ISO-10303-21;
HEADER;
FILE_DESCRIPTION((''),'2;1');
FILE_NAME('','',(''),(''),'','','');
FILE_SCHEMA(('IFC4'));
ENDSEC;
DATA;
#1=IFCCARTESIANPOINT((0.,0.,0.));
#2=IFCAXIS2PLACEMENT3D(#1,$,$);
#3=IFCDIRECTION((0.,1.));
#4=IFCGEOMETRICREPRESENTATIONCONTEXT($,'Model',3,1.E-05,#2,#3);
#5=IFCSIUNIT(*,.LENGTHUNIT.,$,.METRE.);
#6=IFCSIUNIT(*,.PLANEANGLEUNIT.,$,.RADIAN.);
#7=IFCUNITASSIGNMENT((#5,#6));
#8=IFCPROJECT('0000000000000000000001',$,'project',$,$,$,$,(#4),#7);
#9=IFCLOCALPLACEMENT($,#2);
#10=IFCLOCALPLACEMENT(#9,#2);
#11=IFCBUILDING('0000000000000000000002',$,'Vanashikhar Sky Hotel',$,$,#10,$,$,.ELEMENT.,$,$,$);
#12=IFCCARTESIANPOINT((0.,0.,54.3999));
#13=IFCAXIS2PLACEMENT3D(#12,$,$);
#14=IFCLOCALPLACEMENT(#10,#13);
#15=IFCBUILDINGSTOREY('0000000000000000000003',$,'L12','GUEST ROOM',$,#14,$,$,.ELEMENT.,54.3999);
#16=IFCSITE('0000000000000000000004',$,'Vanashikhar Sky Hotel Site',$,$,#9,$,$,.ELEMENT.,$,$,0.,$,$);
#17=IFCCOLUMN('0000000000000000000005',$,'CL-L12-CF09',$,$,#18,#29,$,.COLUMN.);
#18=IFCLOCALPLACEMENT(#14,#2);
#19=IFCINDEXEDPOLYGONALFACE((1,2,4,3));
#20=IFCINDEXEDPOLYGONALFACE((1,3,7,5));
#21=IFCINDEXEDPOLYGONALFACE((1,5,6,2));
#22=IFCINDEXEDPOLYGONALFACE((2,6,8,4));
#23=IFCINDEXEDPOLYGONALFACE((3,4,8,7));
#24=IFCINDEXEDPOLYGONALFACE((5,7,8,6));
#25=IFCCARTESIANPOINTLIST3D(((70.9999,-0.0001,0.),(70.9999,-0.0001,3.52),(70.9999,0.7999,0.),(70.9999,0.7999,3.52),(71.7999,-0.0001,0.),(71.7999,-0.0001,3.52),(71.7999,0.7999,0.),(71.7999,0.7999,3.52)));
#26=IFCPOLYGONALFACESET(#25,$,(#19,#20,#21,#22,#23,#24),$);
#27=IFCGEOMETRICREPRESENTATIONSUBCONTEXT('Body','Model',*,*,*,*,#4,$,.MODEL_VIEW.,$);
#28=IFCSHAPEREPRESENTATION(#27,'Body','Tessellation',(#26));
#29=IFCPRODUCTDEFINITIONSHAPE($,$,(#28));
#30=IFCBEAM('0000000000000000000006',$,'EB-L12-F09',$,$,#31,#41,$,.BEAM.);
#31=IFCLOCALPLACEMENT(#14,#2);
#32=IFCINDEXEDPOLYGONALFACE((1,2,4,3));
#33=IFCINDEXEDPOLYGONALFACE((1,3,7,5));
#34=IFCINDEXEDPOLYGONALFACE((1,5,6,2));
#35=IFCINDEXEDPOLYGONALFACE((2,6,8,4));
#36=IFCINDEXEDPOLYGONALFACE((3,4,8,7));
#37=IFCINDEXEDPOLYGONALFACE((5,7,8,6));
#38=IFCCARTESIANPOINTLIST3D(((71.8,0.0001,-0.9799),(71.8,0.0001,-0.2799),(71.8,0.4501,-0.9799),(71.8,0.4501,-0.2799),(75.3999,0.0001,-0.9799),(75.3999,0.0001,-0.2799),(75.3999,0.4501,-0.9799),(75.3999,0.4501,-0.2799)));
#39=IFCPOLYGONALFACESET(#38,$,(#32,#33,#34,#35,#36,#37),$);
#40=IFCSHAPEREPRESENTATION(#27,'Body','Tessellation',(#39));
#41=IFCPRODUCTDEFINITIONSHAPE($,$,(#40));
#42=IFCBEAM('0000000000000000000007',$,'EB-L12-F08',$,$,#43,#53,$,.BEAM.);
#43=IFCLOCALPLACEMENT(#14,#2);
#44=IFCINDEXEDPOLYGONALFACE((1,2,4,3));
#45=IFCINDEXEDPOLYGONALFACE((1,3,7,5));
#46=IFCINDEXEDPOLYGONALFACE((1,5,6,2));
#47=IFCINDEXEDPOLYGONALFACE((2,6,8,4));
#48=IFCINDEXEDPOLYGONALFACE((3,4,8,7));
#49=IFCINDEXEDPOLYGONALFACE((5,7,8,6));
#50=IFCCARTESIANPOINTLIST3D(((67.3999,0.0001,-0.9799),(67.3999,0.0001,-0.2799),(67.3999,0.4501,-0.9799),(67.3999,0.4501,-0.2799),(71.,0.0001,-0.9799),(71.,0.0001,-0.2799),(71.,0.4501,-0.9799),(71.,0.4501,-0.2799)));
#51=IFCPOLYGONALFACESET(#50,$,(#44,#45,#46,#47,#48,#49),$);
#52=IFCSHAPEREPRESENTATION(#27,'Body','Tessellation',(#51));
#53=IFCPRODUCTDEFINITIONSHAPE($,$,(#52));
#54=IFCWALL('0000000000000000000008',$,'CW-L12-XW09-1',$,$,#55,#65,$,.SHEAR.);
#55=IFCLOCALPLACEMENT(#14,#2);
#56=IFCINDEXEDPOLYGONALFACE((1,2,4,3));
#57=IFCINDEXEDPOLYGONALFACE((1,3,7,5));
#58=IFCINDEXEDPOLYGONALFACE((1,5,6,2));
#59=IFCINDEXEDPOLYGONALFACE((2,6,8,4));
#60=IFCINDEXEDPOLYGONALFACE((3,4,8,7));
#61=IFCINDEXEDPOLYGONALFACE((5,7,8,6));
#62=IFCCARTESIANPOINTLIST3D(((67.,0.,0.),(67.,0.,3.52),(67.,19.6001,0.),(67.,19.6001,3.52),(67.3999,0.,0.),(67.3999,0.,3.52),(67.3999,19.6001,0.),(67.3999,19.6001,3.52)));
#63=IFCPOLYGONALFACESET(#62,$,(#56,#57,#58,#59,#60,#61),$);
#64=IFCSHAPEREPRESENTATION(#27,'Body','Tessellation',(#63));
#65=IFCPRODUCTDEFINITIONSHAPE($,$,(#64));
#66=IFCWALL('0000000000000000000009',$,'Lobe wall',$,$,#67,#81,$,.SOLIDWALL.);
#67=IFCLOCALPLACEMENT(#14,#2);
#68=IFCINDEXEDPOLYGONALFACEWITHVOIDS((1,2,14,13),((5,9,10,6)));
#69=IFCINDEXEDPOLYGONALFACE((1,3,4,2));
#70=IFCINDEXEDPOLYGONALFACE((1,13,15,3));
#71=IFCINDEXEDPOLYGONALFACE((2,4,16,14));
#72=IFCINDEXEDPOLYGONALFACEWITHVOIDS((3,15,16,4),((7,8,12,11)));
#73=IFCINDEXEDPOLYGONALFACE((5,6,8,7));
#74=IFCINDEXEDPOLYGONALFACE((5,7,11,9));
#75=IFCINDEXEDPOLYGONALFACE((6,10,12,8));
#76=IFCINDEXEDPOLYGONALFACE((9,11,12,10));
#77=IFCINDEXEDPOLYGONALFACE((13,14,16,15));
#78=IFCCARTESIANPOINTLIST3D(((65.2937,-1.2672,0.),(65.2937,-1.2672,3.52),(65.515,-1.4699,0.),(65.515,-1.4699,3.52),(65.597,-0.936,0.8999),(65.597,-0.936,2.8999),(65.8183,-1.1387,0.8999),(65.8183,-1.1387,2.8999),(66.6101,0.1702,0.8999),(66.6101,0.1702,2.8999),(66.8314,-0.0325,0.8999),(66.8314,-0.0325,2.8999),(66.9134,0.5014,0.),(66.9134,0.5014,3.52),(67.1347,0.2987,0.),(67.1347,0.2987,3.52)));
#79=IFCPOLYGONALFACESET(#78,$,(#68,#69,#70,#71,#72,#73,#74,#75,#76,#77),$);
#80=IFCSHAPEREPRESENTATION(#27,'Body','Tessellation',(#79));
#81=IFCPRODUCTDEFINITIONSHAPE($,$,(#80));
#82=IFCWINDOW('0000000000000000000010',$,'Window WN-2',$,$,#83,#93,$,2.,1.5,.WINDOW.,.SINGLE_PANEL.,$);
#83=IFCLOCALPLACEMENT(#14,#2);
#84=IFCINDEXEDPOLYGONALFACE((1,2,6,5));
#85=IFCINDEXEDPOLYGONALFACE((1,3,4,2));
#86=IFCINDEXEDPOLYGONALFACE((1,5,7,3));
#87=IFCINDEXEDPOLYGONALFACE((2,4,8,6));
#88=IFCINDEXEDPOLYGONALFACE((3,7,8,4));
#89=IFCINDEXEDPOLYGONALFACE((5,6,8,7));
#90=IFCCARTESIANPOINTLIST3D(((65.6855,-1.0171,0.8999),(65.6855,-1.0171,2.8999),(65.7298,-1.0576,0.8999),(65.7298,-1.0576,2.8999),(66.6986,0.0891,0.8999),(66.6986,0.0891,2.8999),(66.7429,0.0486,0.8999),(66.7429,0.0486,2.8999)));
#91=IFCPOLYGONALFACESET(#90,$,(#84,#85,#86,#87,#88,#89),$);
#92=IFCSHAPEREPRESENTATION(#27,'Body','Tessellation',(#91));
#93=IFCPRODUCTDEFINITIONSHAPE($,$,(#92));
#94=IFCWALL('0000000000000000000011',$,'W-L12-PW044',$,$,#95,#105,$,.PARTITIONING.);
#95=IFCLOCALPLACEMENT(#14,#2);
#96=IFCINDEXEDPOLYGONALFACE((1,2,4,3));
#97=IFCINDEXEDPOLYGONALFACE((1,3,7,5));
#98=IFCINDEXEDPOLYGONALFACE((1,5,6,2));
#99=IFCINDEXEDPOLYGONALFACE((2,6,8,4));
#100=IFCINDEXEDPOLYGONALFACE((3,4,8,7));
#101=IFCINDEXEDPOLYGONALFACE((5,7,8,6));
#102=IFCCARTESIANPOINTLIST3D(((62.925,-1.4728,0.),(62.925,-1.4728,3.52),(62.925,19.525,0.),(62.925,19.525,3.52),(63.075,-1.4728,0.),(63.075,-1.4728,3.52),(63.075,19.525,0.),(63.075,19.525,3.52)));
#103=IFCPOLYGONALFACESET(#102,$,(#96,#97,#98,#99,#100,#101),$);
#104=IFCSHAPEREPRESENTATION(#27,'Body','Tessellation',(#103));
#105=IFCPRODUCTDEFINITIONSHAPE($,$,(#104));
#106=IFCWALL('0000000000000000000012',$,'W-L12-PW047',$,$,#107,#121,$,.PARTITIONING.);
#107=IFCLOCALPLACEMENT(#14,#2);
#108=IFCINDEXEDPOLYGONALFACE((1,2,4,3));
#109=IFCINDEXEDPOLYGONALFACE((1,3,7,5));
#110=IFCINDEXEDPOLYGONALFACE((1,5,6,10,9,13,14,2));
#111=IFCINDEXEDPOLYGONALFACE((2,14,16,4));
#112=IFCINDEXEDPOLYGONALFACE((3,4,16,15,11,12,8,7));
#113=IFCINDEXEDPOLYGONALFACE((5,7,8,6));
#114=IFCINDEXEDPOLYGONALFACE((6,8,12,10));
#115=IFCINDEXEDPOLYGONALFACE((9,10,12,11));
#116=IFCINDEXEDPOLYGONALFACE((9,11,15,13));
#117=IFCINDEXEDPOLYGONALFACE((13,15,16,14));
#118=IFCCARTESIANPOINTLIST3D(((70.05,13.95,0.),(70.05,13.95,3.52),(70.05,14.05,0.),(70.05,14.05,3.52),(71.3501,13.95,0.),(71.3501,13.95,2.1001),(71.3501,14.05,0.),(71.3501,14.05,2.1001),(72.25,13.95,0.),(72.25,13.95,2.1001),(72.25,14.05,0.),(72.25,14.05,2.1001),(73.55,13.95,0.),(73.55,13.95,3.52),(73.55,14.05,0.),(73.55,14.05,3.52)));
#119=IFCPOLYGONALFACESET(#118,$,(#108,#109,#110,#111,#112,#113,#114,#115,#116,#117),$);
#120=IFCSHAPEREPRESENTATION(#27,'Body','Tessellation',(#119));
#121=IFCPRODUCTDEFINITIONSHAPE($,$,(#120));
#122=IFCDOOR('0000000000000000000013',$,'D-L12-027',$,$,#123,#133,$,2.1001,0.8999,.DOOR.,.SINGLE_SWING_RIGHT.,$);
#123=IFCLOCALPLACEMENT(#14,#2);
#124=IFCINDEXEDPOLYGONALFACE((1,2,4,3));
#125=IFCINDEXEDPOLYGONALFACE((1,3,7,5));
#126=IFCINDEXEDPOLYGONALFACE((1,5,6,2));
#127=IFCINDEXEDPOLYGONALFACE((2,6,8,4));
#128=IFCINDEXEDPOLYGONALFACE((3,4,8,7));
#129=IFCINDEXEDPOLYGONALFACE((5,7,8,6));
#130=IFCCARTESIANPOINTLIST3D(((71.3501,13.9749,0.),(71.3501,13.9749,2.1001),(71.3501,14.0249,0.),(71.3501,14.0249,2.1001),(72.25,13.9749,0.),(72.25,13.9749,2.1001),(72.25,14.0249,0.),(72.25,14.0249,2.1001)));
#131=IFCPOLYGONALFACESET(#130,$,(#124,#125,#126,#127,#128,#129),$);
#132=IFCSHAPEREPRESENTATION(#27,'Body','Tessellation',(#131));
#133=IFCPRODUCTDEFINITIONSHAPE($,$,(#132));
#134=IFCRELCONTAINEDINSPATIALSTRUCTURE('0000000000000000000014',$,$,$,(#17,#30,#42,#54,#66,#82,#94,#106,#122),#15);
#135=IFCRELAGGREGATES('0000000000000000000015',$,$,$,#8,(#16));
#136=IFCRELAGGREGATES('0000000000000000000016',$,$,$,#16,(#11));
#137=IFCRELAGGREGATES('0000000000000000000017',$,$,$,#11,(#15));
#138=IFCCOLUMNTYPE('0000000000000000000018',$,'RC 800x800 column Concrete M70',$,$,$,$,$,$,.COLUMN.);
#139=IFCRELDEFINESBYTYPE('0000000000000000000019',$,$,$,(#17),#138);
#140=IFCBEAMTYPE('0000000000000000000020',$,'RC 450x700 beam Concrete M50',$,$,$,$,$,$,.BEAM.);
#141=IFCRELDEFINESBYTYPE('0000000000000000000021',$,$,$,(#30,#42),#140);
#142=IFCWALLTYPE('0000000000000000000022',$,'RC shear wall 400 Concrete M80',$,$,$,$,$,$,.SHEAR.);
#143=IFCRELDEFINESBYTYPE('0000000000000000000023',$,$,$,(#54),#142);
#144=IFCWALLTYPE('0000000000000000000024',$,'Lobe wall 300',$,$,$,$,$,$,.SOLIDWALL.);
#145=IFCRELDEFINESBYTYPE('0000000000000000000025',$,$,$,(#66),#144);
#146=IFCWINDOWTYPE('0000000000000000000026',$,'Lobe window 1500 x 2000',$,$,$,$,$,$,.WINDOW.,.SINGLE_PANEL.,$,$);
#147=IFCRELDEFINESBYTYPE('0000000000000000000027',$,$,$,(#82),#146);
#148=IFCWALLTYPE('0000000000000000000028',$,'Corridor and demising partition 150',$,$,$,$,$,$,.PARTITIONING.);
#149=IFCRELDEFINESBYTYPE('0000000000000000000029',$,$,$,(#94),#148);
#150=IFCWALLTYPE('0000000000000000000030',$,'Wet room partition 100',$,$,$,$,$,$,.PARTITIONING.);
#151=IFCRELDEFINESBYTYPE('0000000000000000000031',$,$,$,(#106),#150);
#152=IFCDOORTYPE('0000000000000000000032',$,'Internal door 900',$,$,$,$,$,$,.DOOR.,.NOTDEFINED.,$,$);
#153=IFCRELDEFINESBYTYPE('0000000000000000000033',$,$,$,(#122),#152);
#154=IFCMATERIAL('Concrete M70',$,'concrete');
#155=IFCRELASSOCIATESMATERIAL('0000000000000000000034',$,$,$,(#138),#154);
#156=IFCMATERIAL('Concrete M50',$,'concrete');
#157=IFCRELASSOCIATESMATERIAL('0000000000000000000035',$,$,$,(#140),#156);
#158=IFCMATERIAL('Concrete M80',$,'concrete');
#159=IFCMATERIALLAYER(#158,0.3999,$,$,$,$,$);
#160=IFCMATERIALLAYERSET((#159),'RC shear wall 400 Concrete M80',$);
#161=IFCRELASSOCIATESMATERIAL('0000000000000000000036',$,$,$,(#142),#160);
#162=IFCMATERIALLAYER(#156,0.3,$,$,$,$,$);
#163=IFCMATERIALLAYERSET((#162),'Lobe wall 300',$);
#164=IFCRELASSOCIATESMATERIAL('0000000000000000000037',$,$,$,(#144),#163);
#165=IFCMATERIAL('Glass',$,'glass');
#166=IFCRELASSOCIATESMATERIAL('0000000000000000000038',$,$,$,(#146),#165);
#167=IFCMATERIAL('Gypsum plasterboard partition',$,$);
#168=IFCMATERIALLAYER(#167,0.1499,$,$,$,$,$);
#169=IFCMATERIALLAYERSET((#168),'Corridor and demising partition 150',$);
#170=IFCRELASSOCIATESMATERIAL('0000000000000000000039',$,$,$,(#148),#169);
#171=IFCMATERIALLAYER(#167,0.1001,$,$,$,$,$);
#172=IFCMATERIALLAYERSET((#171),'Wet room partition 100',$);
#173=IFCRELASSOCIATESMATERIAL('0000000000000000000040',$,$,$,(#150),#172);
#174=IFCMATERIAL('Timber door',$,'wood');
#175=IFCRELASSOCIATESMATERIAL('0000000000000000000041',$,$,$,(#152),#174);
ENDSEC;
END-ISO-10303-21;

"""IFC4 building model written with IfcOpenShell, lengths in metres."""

from ifc_helpers import new_model, si_unit, direction, frame, frame_2d, origin, origin_2d, place, context, subcontext, project, spatial, rectangle, extrude, source, transform, mapped, material, layer, layer_set, material_profile, profile_set, type_object, element, fill, save


model = new_model("IFC4")

# Units and contexts
model_context = context("Model", 3, precision=1e-05, world=origin(), true_north=direction((0.0, 1.0)))
body_context = subcontext(model_context, "Body", "Model", "MODEL_VIEW")
ifc_project = project(units=[si_unit("LENGTHUNIT", "METRE"), si_unit("PLANEANGLEUNIT", "RADIAN")], contexts=[model_context])

# Site, building, storey
site_placement = place(None, origin())
site = spatial("IfcSite", under=ifc_project, at=site_placement, Name="Vanashikhar Sky Hotel Site", CompositionType="ELEMENT", RefElevation=0.0)
building_placement = place(site_placement, origin())
building = spatial("IfcBuilding", under=site, at=building_placement, Name="Vanashikhar Sky Hotel", CompositionType="ELEMENT")
storey_placement = place(building_placement, frame((0.0, 0.0, 54.3999)))
storey = spatial("IfcBuildingStorey", under=building, at=storey_placement, Name="L12", Description="GUEST ROOM", CompositionType="ELEMENT", Elevation=54.3999)

# Column
ifc_material_1 = material(Name="Concrete M70", Category="concrete")
ifc_material_profile_1 = material_profile(ifc_material_1, rectangle(XDim=0.8, YDim=0.8, at=origin_2d()))
ifc_profile_set_1 = profile_set([ifc_material_profile_1], Name="RC 800x800 column Concrete M70")
column_type = type_object("IfcColumnType", Name="RC 800x800 column Concrete M70", PredefinedType="COLUMN", material=ifc_profile_set_1)
shared_shape_1 = source(origin(), body_context, "Body", "SweptSolid", [
    extrude(rectangle(XDim=0.8, YDim=0.8, at=origin_2d()), origin(), (0.0, 0.0, 1.0), 3.52),
])
column_placement = place(storey_placement, frame((71.3999, 0.3999, 0.0), z_axis=(0.0, 0.0, 1.0), x_axis=(1.0, 0.0, 0.0)))
element("IfcColumn", 1, at=column_placement, inside=storey, type_object=column_type, Name="CL-L12-CF09", PredefinedType="COLUMN", context=body_context, shape_type="MappedRepresentation", body=[
    mapped(shared_shape_1, transform((0.0, 0.0, 0.0), scale=1.0)),
])

# Beams
ifc_material_2 = material(Name="Concrete M50", Category="concrete")
ifc_material_profile_2 = material_profile(ifc_material_2, rectangle(XDim=0.45, YDim=0.7, at=origin_2d()))
ifc_profile_set_2 = profile_set([ifc_material_profile_2], Name="RC 450x700 beam Concrete M50")
beam_type = type_object("IfcBeamType", Name="RC 450x700 beam Concrete M50", PredefinedType="BEAM", material=ifc_profile_set_2)
shared_shape_2 = source(origin(), body_context, "Body", "SweptSolid", [
    extrude(rectangle(XDim=0.45, YDim=0.7, at=origin_2d()), origin(), (0.0, 0.0, 1.0), 3.5999),
])
beam_1_placement = place(storey_placement, frame((71.8, 0.2251, -0.6299), z_axis=(1.0, 0.0, 0.0), x_axis=(0.0, 1.0, 0.0)))
element("IfcBeam", 2, at=beam_1_placement, inside=storey, type_object=beam_type, Name="EB-L12-F09", PredefinedType="BEAM", context=body_context, shape_type="MappedRepresentation", body=[
    mapped(shared_shape_2, transform((0.0, 0.0, 0.0), scale=1.0)),
])
shared_shape_3 = source(origin(), body_context, "Body", "SweptSolid", [
    extrude(rectangle(XDim=0.45, YDim=0.7, at=origin_2d()), origin(), (0.0, 0.0, 1.0), 3.6001),
])
beam_2_placement = place(storey_placement, frame((67.3999, 0.2251, -0.6299), z_axis=(1.0, 0.0, 0.0), x_axis=(0.0, 1.0, 0.0)))
element("IfcBeam", 3, at=beam_2_placement, inside=storey, type_object=beam_type, Name="EB-L12-F08", PredefinedType="BEAM", context=body_context, shape_type="MappedRepresentation", body=[
    mapped(shared_shape_3, transform((0.0, 0.0, 0.0), scale=1.0)),
])

# Wall
ifc_material_3 = material(Name="Concrete M80", Category="concrete")
ifc_layer_1 = layer(ifc_material_3, 0.3999)
ifc_layer_set_1 = layer_set([ifc_layer_1], Name="RC shear wall 400 Concrete M80")
wall_type_1 = type_object("IfcWallType", Name="RC shear wall 400 Concrete M80", PredefinedType="SHEAR", material=ifc_layer_set_1)
shared_shape_4 = source(origin(), body_context, "Body", "SweptSolid", [
    extrude(rectangle(XDim=19.6001, YDim=0.3999, at=frame_2d((9.8, 0.0))), origin(), (0.0, 0.0, 1.0), 3.52),
])
wall_1_placement = place(storey_placement, frame((67.2, 0.0, 0.0), z_axis=(0.0, 0.0, 1.0), x_axis=(0.0, 1.0, 0.0)))
element("IfcWall", 4, at=wall_1_placement, inside=storey, type_object=wall_type_1, Name="CW-L12-XW09-1", PredefinedType="SHEAR", context=body_context, shape_type="MappedRepresentation", body=[
    mapped(shared_shape_4, transform((0.0, 0.0, 0.0), scale=1.0)),
])

# Wall, opening, window
ifc_layer_2 = layer(ifc_material_2, 0.3)
ifc_layer_set_2 = layer_set([ifc_layer_2], Name="Lobe wall 300")
wall_type_2 = type_object("IfcWallType", Name="Lobe wall 300", PredefinedType="SOLIDWALL", material=ifc_layer_set_2)
shared_shape_5 = source(origin(), body_context, "Body", "SweptSolid", [
    extrude(rectangle(XDim=2.3982, YDim=0.3, at=frame_2d((1.1992, 0.0))), origin(), (0.0, 0.0, 1.0), 3.52),
])
wall_2_placement = place(storey_placement, frame((65.4043, -1.3687, 0.0), z_axis=(0.0, 0.0, 1.0), x_axis=(0.675374, 0.737475, 0.0)))
wall_2 = element("IfcWall", 5, at=wall_2_placement, inside=storey, type_object=wall_type_2, Name="Lobe wall", PredefinedType="SOLIDWALL", context=body_context, shape_type="MappedRepresentation", body=[
    mapped(shared_shape_5, transform((0.0, 0.0, 0.0), scale=1.0)),
])
shared_shape_6 = source(origin(), body_context, "Body", "SweptSolid", [
    extrude(rectangle(XDim=1.5, YDim=2.0, at=frame_2d((0.75, 1.0))), frame((0.0, 0.1602, 0.0), z_axis=(0.0, -1.0, 0.0), x_axis=(1.0, 0.0, 0.0)), (0.0, 0.0, 1.0), 0.3201),
])
opening_1_placement = place(wall_2_placement, frame((0.4492, 0.0, 0.8999)))
opening_1 = element("IfcOpeningElement", 6, at=opening_1_placement, cuts=wall_2, PredefinedType="OPENING", context=body_context, shape_type="MappedRepresentation", body=[
    mapped(shared_shape_6, transform((0.0, 0.0, 0.0), scale=1.0)),
])
ifc_material_4 = material(Name="Glass", Category="glass")
window_type_1 = type_object("IfcWindowType", Name="Lobe window 1500 x 2000", PartitioningType="SINGLE_PANEL", PredefinedType="WINDOW", material=ifc_material_4)
shared_shape_7 = source(origin(), body_context, "Body", "SweptSolid", [
    extrude(rectangle(XDim=1.5, YDim=2.0, at=frame_2d((0.75, 1.0))), frame((0.0, 0.03, 0.0), z_axis=(0.0, -1.0, 0.0), x_axis=(1.0, 0.0, 0.0)), (0.0, 0.0, 1.0), 0.0601),
])
window_1_placement = place(opening_1_placement, origin())
window_1 = element("IfcWindow", 7, at=window_1_placement, inside=storey, type_object=window_type_1, Name="Window WN-2", OverallHeight=2.0, OverallWidth=1.5, PartitioningType="SINGLE_PANEL", PredefinedType="WINDOW", context=body_context, shape_type="MappedRepresentation", body=[
    mapped(shared_shape_7, transform((0.0, 0.0, 0.0), scale=1.0)),
])
fill(opening_1, window_1)

# Wall
ifc_material_5 = material(Name="Gypsum plasterboard partition")
ifc_layer_3 = layer(ifc_material_5, 0.1499)
ifc_layer_set_3 = layer_set([ifc_layer_3], Name="Corridor and demising partition 150")
wall_type_3 = type_object("IfcWallType", Name="Corridor and demising partition 150", PredefinedType="PARTITIONING", material=ifc_layer_set_3)
shared_shape_8 = source(origin(), body_context, "Body", "SweptSolid", [
    extrude(rectangle(XDim=20.9978, YDim=0.1499, at=frame_2d((10.499, 0.0))), origin(), (0.0, 0.0, 1.0), 3.52),
])
wall_3_placement = place(storey_placement, frame((63.0, -1.4729, 0.0), z_axis=(0.0, 0.0, 1.0), x_axis=(0.0, 1.0, 0.0)))
element("IfcWall", 8, at=wall_3_placement, inside=storey, type_object=wall_type_3, Name="W-L12-PW044", PredefinedType="PARTITIONING", context=body_context, shape_type="MappedRepresentation", body=[
    mapped(shared_shape_8, transform((0.0, 0.0, 0.0), scale=1.0)),
])

# Wall, opening, door
ifc_layer_4 = layer(ifc_material_5, 0.1001)
ifc_layer_set_4 = layer_set([ifc_layer_4], Name="Wet room partition 100")
wall_type_4 = type_object("IfcWallType", Name="Wet room partition 100", PredefinedType="PARTITIONING", material=ifc_layer_set_4)
shared_shape_9 = source(origin(), body_context, "Body", "SweptSolid", [
    extrude(rectangle(XDim=3.5, YDim=0.1001, at=frame_2d((1.75, 0.0))), origin(), (0.0, 0.0, 1.0), 3.52),
])
wall_4_placement = place(storey_placement, frame((70.05, 14.0, 0.0), z_axis=(0.0, 0.0, 1.0), x_axis=(1.0, 0.0, 0.0)))
wall_4 = element("IfcWall", 9, at=wall_4_placement, inside=storey, type_object=wall_type_4, Name="W-L12-PW047", PredefinedType="PARTITIONING", context=body_context, shape_type="MappedRepresentation", body=[
    mapped(shared_shape_9, transform((0.0, 0.0, 0.0), scale=1.0)),
])
shared_shape_10 = source(origin(), body_context, "Body", "SweptSolid", [
    extrude(rectangle(XDim=0.8999, YDim=2.1001, at=frame_2d((0.45, 1.05))), frame((0.0, 0.0601, 0.0), z_axis=(0.0, -1.0, 0.0), x_axis=(1.0, 0.0, 0.0)), (0.0, 0.0, 1.0), 0.1201),
])
opening_2_placement = place(wall_4_placement, frame((1.3, 0.0, 0.0)))
opening_2 = element("IfcOpeningElement", 10, at=opening_2_placement, cuts=wall_4, PredefinedType="OPENING", context=body_context, shape_type="MappedRepresentation", body=[
    mapped(shared_shape_10, transform((0.0, 0.0, 0.0), scale=1.0)),
])
ifc_material_6 = material(Name="Timber door", Category="wood")
door_type_1 = type_object("IfcDoorType", Name="Internal door 900", OperationType="NOTDEFINED", PredefinedType="DOOR", material=ifc_material_6)
shared_shape_11 = source(origin(), body_context, "Body", "SweptSolid", [
    extrude(rectangle(XDim=0.8999, YDim=2.1001, at=frame_2d((0.45, 1.05))), frame((0.0, 0.0249, 0.0), z_axis=(0.0, -1.0, 0.0), x_axis=(1.0, 0.0, 0.0)), (0.0, 0.0, 1.0), 0.05),
])
door_1_placement = place(opening_2_placement, origin())
door_1 = element("IfcDoor", 11, at=door_1_placement, inside=storey, type_object=door_type_1, Name="D-L12-027", OperationType="SINGLE_SWING_RIGHT", OverallHeight=2.1001, OverallWidth=0.8999, PredefinedType="DOOR", context=body_context, shape_type="MappedRepresentation", body=[
    mapped(shared_shape_11, transform((0.0, 0.0, 0.0), scale=1.0)),
])
fill(opening_2, door_1)

save(model, "model.ifc")
